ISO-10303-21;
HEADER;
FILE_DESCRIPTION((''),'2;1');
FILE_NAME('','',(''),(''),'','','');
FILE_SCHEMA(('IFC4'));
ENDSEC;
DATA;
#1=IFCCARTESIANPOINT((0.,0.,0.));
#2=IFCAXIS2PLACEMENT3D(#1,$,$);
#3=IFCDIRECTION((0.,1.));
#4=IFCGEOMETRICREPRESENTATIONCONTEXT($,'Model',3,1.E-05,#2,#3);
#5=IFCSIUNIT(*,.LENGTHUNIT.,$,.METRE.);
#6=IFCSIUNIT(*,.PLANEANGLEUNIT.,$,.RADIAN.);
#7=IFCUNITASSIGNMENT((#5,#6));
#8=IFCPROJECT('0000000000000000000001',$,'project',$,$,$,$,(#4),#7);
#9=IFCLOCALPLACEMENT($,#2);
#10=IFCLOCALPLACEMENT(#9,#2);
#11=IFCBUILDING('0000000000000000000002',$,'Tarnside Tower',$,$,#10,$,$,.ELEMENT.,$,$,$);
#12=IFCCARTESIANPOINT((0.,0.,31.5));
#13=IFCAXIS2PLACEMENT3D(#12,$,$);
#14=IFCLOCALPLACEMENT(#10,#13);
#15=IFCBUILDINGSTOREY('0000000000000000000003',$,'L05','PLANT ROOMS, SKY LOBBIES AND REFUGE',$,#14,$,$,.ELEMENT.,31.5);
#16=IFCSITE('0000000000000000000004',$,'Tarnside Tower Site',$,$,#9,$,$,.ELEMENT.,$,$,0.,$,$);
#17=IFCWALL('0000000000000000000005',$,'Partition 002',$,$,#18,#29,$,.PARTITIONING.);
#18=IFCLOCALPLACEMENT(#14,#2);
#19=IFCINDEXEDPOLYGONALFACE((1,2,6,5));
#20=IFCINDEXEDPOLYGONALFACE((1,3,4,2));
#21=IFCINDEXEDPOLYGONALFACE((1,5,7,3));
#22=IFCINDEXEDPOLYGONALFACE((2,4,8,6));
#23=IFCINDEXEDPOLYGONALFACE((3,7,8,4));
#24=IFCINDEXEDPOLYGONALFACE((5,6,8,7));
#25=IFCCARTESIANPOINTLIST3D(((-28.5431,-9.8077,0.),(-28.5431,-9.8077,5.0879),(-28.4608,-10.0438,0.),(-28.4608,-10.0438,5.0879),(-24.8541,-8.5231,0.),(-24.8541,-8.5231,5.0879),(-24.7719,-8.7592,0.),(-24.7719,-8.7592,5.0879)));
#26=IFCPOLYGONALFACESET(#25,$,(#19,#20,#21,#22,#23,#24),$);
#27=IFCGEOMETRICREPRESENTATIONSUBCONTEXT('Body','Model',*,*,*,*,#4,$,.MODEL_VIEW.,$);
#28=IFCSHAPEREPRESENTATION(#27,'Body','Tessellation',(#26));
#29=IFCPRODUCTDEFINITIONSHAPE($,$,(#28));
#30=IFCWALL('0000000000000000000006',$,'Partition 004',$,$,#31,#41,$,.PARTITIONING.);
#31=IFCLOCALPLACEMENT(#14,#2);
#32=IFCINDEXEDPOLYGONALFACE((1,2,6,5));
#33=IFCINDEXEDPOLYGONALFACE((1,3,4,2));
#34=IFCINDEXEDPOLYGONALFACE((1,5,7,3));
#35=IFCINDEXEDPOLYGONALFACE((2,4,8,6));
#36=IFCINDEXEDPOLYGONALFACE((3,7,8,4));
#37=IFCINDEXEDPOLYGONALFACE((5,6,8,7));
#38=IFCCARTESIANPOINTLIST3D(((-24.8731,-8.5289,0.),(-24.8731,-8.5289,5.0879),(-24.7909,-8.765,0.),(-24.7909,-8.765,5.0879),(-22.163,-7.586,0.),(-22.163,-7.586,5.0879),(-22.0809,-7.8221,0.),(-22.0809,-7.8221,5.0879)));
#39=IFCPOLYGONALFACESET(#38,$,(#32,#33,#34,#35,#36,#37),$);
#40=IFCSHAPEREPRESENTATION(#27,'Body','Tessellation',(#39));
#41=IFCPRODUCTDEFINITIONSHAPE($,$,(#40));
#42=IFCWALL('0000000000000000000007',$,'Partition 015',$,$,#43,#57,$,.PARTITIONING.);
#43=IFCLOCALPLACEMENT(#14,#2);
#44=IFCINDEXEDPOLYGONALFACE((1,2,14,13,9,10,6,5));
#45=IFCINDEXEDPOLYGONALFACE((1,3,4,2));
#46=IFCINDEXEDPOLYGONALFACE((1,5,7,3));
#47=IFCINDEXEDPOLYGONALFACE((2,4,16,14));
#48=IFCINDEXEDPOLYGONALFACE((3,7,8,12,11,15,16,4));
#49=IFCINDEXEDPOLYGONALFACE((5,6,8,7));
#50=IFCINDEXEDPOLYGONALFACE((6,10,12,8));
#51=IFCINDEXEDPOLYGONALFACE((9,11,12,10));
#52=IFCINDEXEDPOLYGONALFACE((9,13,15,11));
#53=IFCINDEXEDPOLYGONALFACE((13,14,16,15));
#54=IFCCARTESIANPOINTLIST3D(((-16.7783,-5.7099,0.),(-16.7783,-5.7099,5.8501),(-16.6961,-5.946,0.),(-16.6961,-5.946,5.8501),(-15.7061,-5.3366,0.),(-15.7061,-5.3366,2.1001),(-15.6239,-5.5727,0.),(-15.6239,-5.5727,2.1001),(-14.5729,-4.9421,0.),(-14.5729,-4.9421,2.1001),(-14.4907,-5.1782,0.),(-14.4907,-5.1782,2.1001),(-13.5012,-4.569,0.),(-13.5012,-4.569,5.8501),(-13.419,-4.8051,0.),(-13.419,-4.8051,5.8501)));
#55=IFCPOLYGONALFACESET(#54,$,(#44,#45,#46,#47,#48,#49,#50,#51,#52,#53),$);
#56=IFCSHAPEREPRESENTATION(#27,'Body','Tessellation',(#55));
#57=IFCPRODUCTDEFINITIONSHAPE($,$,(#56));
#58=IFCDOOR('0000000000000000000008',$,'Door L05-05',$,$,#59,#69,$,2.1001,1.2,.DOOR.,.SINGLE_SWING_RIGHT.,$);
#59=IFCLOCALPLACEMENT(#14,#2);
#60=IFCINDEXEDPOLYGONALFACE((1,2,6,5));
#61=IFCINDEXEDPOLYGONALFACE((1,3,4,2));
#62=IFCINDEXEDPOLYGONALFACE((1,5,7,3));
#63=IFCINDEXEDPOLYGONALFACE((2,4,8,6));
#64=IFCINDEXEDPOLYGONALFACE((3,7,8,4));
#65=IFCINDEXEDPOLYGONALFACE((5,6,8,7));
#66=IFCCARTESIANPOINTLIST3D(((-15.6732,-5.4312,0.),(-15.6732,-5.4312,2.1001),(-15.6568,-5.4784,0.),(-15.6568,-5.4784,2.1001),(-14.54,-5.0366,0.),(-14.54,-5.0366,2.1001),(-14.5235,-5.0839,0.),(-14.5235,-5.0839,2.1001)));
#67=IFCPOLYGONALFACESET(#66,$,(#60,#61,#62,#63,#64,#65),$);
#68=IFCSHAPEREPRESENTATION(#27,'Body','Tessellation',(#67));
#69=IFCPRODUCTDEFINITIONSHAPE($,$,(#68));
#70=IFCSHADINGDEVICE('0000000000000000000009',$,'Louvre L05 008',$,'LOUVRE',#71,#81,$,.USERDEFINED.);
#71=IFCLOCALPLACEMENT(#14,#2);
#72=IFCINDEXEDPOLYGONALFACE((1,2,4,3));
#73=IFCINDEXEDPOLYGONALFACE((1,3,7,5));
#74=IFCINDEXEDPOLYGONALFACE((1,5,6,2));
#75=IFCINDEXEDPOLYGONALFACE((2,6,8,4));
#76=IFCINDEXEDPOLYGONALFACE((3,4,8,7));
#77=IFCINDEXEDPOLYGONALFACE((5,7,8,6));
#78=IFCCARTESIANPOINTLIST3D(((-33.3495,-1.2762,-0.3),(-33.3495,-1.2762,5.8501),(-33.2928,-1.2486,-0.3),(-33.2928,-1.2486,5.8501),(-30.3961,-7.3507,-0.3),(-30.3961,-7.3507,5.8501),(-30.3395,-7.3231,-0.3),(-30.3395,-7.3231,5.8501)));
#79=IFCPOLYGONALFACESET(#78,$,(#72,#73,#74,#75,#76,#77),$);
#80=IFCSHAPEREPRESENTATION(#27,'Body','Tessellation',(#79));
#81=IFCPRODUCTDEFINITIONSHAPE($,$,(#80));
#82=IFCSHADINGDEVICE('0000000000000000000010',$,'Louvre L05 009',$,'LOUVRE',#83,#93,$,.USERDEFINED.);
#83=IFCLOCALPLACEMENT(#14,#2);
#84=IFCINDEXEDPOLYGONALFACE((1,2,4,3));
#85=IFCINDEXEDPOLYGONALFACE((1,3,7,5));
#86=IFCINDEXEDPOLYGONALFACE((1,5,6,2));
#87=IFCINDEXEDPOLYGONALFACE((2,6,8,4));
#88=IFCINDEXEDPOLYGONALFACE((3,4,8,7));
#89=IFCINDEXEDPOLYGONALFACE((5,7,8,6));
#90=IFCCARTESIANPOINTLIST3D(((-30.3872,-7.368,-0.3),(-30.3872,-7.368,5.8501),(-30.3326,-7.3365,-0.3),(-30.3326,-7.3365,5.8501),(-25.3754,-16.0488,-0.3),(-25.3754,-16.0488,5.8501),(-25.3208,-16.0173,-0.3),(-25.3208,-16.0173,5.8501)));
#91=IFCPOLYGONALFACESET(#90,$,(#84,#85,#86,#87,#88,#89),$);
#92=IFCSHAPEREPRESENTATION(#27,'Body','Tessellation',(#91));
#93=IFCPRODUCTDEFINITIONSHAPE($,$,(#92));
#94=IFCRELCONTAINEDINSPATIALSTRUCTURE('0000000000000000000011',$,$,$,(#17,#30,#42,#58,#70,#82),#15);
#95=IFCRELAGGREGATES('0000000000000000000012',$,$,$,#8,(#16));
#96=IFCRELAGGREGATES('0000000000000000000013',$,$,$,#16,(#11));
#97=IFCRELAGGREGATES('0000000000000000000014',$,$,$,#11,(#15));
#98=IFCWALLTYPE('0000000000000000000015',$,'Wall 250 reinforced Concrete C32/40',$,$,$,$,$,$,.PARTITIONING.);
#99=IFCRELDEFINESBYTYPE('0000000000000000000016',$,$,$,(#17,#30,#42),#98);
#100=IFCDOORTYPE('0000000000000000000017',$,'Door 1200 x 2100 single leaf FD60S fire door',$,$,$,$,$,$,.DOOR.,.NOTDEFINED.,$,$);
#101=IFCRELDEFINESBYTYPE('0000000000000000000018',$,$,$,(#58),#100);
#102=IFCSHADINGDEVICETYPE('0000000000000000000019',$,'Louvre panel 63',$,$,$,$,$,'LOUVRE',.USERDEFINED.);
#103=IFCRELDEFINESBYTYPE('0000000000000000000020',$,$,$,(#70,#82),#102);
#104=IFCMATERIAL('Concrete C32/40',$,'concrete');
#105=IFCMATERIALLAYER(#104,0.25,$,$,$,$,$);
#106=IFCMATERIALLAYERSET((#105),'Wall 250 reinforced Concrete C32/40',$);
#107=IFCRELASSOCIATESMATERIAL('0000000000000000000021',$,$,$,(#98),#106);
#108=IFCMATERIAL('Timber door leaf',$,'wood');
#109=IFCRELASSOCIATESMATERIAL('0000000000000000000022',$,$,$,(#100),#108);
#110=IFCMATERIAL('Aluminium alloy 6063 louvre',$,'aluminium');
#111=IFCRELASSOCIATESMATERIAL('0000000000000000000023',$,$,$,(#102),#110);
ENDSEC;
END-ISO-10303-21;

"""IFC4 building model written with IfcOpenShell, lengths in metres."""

from ifc_helpers import new_model, si_unit, direction, frame, frame_2d, origin, place, context, subcontext, project, spatial, polyline, rectangle, outline, extrude, material, layer, layer_set, type_object, element, fill, save


model = new_model("IFC4")

# Units and contexts
model_context = context("Model", 3, precision=1e-05, world=origin(), true_north=direction((0.0, 1.0)))
body_context = subcontext(model_context, "Body", "Model", "MODEL_VIEW")
ifc_project = project(units=[si_unit("LENGTHUNIT", "METRE"), si_unit("PLANEANGLEUNIT", "RADIAN")], contexts=[model_context])

# Site, building, storey
site_placement = place(None, origin())
site = spatial("IfcSite", under=ifc_project, at=site_placement, Name="Tarnside Tower Site", CompositionType="ELEMENT", RefElevation=0.0)
building_placement = place(site_placement, origin())
building = spatial("IfcBuilding", under=site, at=building_placement, Name="Tarnside Tower", CompositionType="ELEMENT")
storey_placement = place(building_placement, frame((0.0, 0.0, 31.5)))
storey = spatial("IfcBuildingStorey", under=building, at=storey_placement, Name="L05", Description="PLANT ROOMS, SKY LOBBIES AND REFUGE", CompositionType="ELEMENT", Elevation=31.5)

# Shared definitions
ifc_material_1 = material(Name="Concrete C32/40", Category="concrete")

# Shared definitions
ifc_material_2 = material(Name="Timber door leaf", Category="wood")

# Walls
ifc_layer_1 = layer(ifc_material_1, 0.25)
ifc_layer_set_1 = layer_set([ifc_layer_1], Name="Wall 250 reinforced Concrete C32/40")
wall_type_1 = type_object("IfcWallType", Name="Wall 250 reinforced Concrete C32/40", PredefinedType="PARTITIONING", material=ifc_layer_set_1)
wall_1_placement = place(storey_placement, frame((-24.813, -8.6411, 0.0), z_axis=(0.0, 0.0, 1.0), x_axis=(-0.944374, -0.328875, 0.0)))
element("IfcWall", 1, at=wall_1_placement, inside=storey, type_object=wall_type_1, Name="Partition 002", PredefinedType="PARTITIONING", context=body_context, shape_type="SweptSolid", body=[
    extrude(rectangle(XDim=3.9062, YDim=0.25, at=frame_2d((1.9531, 0.0))), origin(), (0.0, 0.0, 1.0), 5.0879),
])
wall_2_placement = place(storey_placement, frame((-22.1221, -7.7041, 0.0), z_axis=(0.0, 0.0, 1.0), x_axis=(-0.944467, -0.328606, 0.0)))
element("IfcWall", 2, at=wall_2_placement, inside=storey, type_object=wall_type_1, Name="Partition 004", PredefinedType="PARTITIONING", context=body_context, shape_type="SweptSolid", body=[
    extrude(rectangle(XDim=2.8694, YDim=0.25, at=frame_2d((1.4346, 0.0))), origin(), (0.0, 0.0, 1.0), 5.0879),
])

# Wall, opening, door
wall_3_placement = place(storey_placement, frame((-16.7371, -5.8279, 0.0), z_axis=(0.0, 0.0, 1.0), x_axis=(0.944407, 0.32878, 0.0)))
wall_3 = element("IfcWall", 3, at=wall_3_placement, inside=storey, type_object=wall_type_1, Name="Partition 015", PredefinedType="PARTITIONING", context=body_context, shape_type="SweptSolid", body=[
    extrude(rectangle(XDim=3.47, YDim=0.25, at=frame_2d((1.7349, 0.0))), origin(), (0.0, 0.0, 1.0), 5.8501),
])
opening_1_placement = place(wall_3_placement, frame((1.135, 0.0, 0.0)))
opening_1 = element("IfcOpeningElement", 4, at=opening_1_placement, cuts=wall_3, PredefinedType="OPENING", context=body_context, shape_type="SweptSolid", body=[
    extrude(rectangle(XDim=1.2, YDim=2.1001, at=frame_2d((0.6001, 1.05))), frame((0.0, 0.135, 0.0), z_axis=(0.0, -1.0, 0.0), x_axis=(1.0, 0.0, 0.0)), (0.0, 0.0, 1.0), 0.27),
])
door_type_1 = type_object("IfcDoorType", Name="Door 1200 x 2100 single leaf FD60S fire door", OperationType="NOTDEFINED", PredefinedType="DOOR", material=ifc_material_2)
door_1_placement = place(opening_1_placement, origin())
door_1 = element("IfcDoor", 5, at=door_1_placement, inside=storey, type_object=door_type_1, Name="Door L05-05", OperationType="SINGLE_SWING_RIGHT", OverallHeight=2.1001, OverallWidth=1.2, PredefinedType="DOOR", context=body_context, shape_type="SweptSolid", body=[
    extrude(rectangle(XDim=1.2, YDim=2.1001, at=frame_2d((0.6001, 1.05))), frame((0.0, 0.0249, 0.0), z_axis=(0.0, -1.0, 0.0), x_axis=(1.0, 0.0, 0.0)), (0.0, 0.0, 1.0), 0.05),
])
fill(opening_1, door_1)

# Shading devices
ifc_material_3 = material(Name="Aluminium alloy 6063 louvre", Category="aluminium")
shading_device_type = type_object("IfcShadingDeviceType", Name="Louvre panel 63", ElementType="LOUVRE", PredefinedType="USERDEFINED", material=ifc_material_3)
shading_device_1_placement = place(storey_placement, frame((-31.8162, -4.2859, -0.3), z_axis=(-0.437249, 0.899341, 0.0), x_axis=(-0.899341, -0.437249, 0.0)))
element("IfcShadingDevice", 6, at=shading_device_1_placement, inside=storey, type_object=shading_device_type, Name="Louvre L05 008", ObjectType="LOUVRE", PredefinedType="USERDEFINED", context=body_context, shape_type="SweptSolid", body=[
    extrude(outline(polyline([(0.0, 0.0), (0.063, 0.0), (0.063, 6.1501), (0.0, 6.1501), (0.0, 0.0)])), frame((0.0, 0.0, -3.3772)), (0.0, 0.0, 1.0), 6.7544),
])
shading_device_2_placement = place(storey_placement, frame((-27.8267, -11.677, -0.3), z_axis=(-0.5, 0.866026, 0.0), x_axis=(-0.866026, -0.5, 0.0)))
element("IfcShadingDevice", 7, at=shading_device_2_placement, inside=storey, type_object=shading_device_type, Name="Louvre L05 009", ObjectType="LOUVRE", PredefinedType="USERDEFINED", context=body_context, shape_type="SweptSolid", body=[
    extrude(outline(polyline([(0.0, 0.0), (0.063, 0.0), (0.063, 6.1501), (0.0, 6.1501), (0.0, 0.0)])), frame((0.0, 0.0, -5.0117)), (0.0, 0.0, 1.0), 10.0237),
])

save(model, "model.ifc")
